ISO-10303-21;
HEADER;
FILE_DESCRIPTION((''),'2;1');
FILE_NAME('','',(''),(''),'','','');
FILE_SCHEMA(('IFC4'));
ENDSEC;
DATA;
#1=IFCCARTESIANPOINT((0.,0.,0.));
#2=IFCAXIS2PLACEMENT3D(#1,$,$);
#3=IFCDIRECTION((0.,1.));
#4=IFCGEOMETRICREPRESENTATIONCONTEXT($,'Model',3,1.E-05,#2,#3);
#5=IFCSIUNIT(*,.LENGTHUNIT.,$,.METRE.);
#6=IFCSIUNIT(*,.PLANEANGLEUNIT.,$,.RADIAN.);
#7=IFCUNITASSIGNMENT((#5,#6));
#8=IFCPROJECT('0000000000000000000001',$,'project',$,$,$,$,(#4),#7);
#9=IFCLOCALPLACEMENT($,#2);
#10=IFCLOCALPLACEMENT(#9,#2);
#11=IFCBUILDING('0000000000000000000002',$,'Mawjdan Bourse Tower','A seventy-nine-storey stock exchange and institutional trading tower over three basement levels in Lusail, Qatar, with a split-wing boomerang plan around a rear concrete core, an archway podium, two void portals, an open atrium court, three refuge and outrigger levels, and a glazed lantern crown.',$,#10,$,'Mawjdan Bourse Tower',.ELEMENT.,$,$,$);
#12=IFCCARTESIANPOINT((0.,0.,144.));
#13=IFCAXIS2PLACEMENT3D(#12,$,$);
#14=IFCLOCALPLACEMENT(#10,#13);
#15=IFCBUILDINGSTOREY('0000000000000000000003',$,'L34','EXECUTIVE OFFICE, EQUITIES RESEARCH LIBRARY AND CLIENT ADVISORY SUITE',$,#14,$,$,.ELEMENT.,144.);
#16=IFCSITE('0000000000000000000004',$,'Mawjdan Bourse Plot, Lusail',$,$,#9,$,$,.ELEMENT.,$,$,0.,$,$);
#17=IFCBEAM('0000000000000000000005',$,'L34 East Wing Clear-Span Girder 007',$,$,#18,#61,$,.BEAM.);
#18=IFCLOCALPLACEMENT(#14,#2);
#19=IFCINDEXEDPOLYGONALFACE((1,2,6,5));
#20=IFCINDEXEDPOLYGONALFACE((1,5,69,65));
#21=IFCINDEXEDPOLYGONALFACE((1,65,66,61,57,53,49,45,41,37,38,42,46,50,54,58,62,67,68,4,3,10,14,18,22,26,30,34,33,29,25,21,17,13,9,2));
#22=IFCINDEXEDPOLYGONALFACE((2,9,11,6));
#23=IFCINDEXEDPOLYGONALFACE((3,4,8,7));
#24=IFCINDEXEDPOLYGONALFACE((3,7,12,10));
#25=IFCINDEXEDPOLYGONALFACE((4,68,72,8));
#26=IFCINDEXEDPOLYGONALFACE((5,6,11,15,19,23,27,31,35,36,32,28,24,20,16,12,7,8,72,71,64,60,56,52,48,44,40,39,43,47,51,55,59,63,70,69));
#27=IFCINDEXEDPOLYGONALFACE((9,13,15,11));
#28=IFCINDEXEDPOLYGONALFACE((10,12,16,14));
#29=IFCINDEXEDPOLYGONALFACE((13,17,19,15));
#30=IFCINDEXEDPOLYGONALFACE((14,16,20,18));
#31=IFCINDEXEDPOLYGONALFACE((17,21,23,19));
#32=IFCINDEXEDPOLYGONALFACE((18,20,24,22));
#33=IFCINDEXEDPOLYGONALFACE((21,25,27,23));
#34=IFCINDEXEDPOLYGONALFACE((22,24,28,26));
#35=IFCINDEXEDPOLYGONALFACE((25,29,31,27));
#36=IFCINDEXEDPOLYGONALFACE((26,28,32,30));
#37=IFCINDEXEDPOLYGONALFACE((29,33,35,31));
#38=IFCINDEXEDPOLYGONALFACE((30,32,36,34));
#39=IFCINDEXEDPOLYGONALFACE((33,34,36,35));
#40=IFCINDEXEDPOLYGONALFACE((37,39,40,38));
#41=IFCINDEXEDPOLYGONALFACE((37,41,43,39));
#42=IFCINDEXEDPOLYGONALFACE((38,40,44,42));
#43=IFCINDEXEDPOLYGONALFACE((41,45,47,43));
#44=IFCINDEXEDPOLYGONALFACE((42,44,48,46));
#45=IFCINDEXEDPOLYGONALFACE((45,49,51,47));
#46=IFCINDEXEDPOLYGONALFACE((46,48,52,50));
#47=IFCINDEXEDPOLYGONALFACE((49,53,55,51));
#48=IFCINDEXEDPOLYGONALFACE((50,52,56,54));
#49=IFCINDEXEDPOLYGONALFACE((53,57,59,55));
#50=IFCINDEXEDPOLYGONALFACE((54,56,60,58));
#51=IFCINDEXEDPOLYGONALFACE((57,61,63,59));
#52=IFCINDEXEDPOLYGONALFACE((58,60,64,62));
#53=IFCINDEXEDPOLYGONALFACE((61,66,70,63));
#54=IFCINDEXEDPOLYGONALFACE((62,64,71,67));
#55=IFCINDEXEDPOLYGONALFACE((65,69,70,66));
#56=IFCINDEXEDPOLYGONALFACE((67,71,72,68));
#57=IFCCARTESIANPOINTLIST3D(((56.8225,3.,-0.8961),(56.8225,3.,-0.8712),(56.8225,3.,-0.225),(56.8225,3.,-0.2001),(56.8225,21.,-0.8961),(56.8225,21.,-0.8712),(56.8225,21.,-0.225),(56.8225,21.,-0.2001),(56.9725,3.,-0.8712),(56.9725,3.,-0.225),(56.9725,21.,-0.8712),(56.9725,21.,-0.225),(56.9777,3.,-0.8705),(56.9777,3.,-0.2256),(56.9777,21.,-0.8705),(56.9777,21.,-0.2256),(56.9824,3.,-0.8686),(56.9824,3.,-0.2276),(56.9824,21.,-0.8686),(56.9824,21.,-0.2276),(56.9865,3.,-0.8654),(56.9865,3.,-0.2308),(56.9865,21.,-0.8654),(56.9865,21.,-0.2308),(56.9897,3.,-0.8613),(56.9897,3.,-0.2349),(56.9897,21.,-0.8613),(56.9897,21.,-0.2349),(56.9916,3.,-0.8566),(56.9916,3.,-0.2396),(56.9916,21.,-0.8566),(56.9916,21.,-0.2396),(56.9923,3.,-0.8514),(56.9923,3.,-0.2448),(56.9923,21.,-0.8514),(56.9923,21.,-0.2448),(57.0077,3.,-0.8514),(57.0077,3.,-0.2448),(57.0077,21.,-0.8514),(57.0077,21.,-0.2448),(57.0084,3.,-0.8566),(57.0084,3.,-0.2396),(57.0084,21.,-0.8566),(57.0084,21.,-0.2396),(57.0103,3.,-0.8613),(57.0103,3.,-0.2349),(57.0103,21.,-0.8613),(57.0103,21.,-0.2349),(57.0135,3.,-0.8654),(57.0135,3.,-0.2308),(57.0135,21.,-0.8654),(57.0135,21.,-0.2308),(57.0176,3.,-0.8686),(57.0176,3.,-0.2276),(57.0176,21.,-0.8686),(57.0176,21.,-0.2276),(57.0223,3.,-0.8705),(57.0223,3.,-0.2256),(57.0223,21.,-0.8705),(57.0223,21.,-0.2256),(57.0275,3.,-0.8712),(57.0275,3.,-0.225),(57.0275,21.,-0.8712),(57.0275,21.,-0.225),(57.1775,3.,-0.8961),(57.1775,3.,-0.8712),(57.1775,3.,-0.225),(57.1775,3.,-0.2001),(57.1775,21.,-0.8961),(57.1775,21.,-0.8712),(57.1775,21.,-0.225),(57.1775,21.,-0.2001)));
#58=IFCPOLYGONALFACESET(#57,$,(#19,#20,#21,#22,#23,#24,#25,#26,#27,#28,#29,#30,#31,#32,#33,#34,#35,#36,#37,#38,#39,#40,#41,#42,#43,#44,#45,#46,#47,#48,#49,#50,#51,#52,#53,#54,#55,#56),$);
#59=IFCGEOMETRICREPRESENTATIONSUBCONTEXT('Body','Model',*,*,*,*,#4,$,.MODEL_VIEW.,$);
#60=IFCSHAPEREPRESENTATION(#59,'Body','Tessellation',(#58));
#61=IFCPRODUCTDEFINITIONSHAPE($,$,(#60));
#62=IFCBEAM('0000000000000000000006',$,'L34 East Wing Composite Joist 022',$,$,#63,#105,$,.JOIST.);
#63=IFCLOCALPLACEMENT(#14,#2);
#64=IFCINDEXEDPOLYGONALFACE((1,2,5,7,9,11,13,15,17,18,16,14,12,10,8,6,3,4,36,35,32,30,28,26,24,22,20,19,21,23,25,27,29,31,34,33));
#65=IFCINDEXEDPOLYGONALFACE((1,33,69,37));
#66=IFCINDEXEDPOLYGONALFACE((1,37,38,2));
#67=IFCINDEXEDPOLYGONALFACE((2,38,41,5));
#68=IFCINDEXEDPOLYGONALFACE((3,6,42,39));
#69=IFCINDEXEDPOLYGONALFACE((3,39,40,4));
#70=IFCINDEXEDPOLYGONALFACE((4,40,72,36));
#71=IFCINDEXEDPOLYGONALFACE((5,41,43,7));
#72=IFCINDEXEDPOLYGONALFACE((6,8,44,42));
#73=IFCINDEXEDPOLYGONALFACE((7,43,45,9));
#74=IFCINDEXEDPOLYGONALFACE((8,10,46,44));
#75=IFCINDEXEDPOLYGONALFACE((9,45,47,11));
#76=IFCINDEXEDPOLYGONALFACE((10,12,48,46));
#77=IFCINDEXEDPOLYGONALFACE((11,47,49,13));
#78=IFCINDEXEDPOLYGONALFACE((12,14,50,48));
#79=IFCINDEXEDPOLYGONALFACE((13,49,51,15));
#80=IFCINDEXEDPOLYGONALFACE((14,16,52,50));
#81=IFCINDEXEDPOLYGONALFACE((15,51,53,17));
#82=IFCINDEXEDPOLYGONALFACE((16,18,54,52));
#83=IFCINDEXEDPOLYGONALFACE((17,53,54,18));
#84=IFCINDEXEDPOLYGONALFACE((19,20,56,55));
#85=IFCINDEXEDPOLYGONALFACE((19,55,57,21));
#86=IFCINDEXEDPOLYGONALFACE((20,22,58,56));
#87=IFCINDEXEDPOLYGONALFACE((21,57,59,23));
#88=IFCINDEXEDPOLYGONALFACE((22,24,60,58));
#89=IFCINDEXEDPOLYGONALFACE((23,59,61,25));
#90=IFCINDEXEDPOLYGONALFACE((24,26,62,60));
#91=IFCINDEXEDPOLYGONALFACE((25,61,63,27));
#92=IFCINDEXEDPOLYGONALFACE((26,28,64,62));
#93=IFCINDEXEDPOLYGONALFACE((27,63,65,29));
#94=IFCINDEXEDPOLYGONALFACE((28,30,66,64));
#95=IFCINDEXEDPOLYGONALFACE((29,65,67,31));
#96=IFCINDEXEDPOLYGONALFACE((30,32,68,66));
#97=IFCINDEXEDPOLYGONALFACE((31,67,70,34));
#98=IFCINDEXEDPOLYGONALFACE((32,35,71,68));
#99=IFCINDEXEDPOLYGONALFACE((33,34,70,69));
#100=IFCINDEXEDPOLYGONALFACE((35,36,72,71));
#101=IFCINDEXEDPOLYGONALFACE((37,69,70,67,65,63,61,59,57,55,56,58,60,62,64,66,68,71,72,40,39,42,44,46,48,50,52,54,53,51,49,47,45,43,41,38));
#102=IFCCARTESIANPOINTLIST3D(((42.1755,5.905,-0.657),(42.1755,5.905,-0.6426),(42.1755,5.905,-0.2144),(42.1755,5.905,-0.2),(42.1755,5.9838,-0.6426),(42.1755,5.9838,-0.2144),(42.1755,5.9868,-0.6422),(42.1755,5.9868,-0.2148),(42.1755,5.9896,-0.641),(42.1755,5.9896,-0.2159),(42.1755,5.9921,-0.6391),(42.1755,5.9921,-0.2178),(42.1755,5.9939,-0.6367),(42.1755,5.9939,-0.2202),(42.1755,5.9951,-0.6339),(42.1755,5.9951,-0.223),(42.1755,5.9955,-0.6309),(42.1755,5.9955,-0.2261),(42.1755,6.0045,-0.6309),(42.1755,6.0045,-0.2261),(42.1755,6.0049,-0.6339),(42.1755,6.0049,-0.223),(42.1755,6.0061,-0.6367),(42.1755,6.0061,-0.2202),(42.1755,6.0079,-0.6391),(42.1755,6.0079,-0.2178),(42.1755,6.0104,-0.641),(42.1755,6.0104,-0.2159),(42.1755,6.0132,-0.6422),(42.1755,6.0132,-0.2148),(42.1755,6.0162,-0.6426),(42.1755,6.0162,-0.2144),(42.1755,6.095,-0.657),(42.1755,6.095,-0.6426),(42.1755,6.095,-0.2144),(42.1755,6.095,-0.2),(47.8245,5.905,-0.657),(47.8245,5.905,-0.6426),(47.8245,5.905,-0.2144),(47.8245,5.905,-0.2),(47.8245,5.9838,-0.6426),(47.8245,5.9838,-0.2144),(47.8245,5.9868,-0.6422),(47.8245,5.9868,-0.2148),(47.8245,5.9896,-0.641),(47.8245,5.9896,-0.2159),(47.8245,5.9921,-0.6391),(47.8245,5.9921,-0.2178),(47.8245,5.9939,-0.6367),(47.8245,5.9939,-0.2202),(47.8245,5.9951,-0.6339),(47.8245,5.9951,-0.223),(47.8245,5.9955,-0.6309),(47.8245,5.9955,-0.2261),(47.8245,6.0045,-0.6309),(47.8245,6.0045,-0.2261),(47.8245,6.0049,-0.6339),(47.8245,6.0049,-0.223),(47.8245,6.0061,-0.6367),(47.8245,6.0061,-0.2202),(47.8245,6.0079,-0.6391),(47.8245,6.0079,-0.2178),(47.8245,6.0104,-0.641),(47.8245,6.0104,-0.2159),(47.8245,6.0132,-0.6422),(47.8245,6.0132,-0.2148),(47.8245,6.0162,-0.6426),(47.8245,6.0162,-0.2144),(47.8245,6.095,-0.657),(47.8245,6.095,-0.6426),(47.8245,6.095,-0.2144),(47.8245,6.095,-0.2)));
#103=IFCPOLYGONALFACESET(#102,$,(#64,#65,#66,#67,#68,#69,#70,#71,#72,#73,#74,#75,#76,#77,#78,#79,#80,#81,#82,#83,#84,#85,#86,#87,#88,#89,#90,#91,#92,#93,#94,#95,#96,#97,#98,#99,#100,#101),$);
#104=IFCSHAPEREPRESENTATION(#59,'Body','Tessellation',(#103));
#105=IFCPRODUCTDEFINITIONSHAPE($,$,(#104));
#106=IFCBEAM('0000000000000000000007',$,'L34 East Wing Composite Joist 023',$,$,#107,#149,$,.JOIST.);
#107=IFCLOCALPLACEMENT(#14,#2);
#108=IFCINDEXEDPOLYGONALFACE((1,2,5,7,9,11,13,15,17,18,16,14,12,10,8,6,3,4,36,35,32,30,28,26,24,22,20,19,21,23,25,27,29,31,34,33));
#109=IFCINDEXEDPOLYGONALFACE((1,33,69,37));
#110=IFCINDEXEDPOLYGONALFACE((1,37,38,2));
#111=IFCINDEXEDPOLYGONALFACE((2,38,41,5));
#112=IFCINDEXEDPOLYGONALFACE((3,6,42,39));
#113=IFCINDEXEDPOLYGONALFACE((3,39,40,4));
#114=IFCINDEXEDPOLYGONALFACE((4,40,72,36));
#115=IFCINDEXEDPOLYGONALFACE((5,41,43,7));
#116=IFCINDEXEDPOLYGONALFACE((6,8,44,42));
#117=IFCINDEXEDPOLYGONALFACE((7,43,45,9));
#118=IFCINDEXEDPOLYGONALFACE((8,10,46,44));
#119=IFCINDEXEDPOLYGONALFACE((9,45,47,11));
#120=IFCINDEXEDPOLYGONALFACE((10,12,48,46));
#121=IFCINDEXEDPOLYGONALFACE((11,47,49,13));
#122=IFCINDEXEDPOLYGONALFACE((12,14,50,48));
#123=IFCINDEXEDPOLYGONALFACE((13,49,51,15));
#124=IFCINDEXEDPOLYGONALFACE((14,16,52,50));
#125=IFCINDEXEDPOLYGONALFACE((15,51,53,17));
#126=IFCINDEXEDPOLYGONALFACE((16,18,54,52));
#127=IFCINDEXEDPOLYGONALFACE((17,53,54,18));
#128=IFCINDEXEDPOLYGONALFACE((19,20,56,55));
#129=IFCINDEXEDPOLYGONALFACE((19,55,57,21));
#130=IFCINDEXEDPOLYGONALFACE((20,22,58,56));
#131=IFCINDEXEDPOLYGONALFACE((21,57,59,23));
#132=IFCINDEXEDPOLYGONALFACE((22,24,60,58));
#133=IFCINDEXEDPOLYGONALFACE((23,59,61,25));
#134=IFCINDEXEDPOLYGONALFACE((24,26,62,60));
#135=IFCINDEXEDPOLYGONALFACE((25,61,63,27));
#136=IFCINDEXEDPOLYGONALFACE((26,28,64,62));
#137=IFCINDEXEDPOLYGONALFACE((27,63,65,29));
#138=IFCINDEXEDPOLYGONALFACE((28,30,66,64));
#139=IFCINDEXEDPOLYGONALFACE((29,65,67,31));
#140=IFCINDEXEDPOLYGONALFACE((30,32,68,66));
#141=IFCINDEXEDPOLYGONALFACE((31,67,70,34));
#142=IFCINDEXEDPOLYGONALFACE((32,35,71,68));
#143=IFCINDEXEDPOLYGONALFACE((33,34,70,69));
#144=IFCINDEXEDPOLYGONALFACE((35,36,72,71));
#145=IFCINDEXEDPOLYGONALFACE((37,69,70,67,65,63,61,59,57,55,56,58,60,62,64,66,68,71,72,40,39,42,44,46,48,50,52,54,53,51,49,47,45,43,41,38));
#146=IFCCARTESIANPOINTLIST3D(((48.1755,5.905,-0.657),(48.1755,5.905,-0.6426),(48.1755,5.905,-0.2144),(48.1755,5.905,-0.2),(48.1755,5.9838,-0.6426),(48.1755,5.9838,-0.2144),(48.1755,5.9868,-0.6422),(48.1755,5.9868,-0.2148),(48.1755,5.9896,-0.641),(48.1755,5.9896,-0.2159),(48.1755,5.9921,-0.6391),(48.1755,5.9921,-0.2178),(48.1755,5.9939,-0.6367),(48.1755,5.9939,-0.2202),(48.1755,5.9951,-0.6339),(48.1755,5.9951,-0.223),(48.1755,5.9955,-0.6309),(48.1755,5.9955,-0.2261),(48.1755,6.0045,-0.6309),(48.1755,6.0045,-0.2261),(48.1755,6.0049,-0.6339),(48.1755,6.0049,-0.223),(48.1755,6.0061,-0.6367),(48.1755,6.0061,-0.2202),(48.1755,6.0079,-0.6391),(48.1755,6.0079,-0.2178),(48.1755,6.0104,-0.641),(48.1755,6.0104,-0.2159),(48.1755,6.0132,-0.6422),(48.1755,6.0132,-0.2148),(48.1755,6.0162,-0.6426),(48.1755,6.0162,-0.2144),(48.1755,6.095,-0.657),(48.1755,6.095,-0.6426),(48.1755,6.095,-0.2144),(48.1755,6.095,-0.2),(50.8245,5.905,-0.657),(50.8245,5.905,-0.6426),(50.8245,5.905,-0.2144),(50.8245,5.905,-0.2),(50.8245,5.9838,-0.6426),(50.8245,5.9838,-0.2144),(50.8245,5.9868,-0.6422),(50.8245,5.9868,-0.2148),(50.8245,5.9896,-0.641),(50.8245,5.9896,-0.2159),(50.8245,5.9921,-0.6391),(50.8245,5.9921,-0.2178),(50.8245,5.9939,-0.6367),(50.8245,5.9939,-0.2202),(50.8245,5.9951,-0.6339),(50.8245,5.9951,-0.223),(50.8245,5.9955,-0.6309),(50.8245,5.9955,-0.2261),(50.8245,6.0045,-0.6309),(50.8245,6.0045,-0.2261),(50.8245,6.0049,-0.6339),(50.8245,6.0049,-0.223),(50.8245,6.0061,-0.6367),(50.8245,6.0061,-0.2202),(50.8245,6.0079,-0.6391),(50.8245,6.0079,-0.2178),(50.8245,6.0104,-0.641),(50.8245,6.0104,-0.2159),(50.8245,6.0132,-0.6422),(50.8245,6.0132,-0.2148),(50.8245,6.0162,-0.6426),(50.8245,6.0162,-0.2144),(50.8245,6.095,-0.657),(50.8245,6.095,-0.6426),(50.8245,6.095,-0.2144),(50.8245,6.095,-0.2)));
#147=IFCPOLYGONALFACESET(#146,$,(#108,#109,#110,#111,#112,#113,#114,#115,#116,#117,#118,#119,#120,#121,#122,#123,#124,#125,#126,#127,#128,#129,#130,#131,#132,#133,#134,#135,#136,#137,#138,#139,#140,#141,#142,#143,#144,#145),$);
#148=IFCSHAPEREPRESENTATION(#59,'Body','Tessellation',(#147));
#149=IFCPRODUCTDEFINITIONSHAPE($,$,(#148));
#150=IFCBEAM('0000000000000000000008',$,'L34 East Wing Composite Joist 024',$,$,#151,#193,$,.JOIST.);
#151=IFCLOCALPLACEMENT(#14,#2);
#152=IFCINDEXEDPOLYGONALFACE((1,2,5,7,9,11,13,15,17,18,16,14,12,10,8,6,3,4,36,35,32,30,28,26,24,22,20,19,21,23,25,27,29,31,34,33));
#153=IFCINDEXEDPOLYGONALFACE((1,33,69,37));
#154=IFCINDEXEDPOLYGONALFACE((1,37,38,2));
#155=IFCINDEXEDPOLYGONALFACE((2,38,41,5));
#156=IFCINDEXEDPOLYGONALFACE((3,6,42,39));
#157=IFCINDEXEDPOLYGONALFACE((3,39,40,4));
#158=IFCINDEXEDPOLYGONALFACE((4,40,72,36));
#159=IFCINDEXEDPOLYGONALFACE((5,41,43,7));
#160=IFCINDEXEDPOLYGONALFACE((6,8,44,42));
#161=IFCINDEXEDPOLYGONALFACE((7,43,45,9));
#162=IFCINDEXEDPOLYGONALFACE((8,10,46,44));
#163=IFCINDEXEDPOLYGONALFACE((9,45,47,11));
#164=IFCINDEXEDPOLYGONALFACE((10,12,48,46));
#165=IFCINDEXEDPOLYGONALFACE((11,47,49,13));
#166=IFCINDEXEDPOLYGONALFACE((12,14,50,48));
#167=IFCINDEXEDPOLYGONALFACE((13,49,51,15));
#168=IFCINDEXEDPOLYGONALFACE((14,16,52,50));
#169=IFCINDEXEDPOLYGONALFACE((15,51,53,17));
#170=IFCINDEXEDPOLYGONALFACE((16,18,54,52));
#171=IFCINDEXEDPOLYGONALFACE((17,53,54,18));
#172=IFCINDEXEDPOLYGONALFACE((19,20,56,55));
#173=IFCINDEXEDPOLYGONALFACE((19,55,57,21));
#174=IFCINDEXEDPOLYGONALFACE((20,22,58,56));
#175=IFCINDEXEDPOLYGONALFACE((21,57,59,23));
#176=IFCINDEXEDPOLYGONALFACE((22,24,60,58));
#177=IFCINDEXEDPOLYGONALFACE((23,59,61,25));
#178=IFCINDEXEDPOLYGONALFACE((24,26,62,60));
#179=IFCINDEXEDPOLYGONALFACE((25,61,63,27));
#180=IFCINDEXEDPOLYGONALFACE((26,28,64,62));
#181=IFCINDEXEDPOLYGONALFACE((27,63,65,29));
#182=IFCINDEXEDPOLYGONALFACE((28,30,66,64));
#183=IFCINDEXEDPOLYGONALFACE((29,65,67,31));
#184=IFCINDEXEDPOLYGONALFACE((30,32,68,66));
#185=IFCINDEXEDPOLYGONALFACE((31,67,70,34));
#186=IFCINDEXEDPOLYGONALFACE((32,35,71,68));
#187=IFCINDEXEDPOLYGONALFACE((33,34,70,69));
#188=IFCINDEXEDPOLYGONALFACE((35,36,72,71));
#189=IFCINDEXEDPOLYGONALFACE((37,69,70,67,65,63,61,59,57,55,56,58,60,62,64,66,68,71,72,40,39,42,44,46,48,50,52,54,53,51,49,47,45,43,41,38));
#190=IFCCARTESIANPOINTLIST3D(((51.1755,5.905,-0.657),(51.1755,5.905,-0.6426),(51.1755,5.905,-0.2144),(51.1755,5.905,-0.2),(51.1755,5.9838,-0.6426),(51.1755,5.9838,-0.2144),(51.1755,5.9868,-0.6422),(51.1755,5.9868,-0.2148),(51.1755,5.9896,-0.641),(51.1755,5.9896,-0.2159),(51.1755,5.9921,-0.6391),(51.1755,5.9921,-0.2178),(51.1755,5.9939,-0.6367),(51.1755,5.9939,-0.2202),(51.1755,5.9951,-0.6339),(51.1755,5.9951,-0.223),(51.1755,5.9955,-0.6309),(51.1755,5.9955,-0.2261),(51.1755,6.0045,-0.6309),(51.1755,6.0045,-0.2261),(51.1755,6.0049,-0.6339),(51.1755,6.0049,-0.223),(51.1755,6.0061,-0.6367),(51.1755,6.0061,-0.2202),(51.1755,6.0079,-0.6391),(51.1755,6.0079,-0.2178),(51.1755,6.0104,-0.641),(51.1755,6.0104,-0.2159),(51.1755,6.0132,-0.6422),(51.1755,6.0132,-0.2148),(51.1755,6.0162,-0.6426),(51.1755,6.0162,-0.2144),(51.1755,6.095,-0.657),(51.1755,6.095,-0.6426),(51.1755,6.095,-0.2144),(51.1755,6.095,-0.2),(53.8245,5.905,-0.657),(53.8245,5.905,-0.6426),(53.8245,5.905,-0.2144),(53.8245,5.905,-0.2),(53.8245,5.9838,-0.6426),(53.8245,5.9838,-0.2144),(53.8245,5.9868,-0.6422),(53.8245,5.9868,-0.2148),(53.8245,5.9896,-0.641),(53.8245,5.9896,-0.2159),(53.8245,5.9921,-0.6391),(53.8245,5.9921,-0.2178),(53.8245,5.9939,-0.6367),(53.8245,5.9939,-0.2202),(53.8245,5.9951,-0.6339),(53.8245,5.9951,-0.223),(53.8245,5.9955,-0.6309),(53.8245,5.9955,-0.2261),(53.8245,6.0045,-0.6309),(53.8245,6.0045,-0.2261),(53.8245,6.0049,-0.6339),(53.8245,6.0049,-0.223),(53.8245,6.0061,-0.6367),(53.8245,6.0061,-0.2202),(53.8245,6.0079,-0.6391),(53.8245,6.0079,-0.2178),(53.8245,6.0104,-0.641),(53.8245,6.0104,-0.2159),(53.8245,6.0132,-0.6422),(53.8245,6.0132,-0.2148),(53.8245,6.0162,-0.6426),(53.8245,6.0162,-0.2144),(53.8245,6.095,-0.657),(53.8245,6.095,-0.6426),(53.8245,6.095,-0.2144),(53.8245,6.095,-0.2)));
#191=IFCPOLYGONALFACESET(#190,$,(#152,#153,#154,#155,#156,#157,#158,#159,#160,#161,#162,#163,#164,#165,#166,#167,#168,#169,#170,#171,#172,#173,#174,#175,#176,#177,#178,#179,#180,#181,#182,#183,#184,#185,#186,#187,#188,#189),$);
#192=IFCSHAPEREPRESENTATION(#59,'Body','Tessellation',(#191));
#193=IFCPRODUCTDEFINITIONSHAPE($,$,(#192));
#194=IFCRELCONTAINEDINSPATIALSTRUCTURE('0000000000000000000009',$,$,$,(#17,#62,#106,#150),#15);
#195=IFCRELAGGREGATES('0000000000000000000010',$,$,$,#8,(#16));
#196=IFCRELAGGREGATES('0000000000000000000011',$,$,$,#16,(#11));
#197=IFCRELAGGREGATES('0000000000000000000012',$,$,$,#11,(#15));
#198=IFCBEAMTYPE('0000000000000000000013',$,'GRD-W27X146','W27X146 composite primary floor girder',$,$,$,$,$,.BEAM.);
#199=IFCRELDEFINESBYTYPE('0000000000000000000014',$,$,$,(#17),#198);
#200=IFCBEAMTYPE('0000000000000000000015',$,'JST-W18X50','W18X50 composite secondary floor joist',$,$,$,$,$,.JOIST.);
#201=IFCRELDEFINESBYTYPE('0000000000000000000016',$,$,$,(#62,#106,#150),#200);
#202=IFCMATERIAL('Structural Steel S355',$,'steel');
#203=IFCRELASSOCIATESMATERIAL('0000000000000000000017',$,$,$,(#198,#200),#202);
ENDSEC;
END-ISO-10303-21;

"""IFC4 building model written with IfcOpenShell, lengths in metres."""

from ifc_helpers import new_model, si_unit, direction, frame, origin, origin_2d, place, context, subcontext, project, spatial, i_section, extrude, material, material_profile, profile_set, type_object, element, save


model = new_model("IFC4")

# Units and contexts
model_context = context("Model", 3, precision=1e-05, world=origin(), true_north=direction((0.0, 1.0)))
body_context = subcontext(model_context, "Body", "Model", "MODEL_VIEW")
ifc_project = project(units=[si_unit("LENGTHUNIT", "METRE"), si_unit("PLANEANGLEUNIT", "RADIAN")], contexts=[model_context])

# Site, building, storey
site_placement = place(None, origin())
site = spatial("IfcSite", under=ifc_project, at=site_placement, Name="Mawjdan Bourse Plot, Lusail", CompositionType="ELEMENT", RefElevation=0.0)
building_placement = place(site_placement, origin())
building = spatial("IfcBuilding", under=site, at=building_placement, Name="Mawjdan Bourse Tower", Description="A seventy-nine-storey stock exchange and institutional trading tower over three basement levels in Lusail, Qatar, with a split-wing boomerang plan around a rear concrete core, an archway podium, two void portals, an open atrium court, three refuge and outrigger levels, and a glazed lantern crown.", LongName="Mawjdan Bourse Tower", CompositionType="ELEMENT")
storey_placement = place(building_placement, frame((0.0, 0.0, 144.0)))
storey = spatial("IfcBuildingStorey", under=building, at=storey_placement, Name="L34", Description="EXECUTIVE OFFICE, EQUITIES RESEARCH LIBRARY AND CLIENT ADVISORY SUITE", CompositionType="ELEMENT", Elevation=144.0)

# Beams
ifc_material_1 = material(Name="Structural Steel S355", Category="steel")
ifc_material_profile_1 = material_profile(ifc_material_1, i_section(OverallWidth=0.355, OverallDepth=0.696, WebThickness=0.0154, FlangeThickness=0.0249, FilletRadius=0.0198, at=origin_2d()), Name="W27X146")
ifc_profile_set_1 = profile_set([ifc_material_profile_1], Name="Structural Steel S355")
beam_type_1 = type_object("IfcBeamType", Name="GRD-W27X146", Description="W27X146 composite primary floor girder", PredefinedType="BEAM", material=ifc_profile_set_1)
for number, where, z_axis, x_axis, name in (
    (1, (57.0, 3.0, -0.5481), (0.0, 1.0, 0.0), (-1.0, 0.0, 0.0), "L34 East Wing Clear-Span Girder 007"),
):
    element("IfcBeam", number, at=place(storey_placement, frame(where, z_axis=z_axis, x_axis=x_axis)), inside=storey, type_object=beam_type_1, Name=name, PredefinedType="BEAM", context=body_context, shape_type="SweptSolid", body=[
        extrude(i_section(OverallWidth=0.355, OverallDepth=0.696, WebThickness=0.0154, FlangeThickness=0.0249, FilletRadius=0.0198, at=origin_2d()), origin(), (0.0, 0.0, 1.0), 18.0),
    ])
ifc_material_profile_2 = material_profile(ifc_material_1, i_section(OverallWidth=0.1899, OverallDepth=0.457, WebThickness=0.009, FlangeThickness=0.0144, FilletRadius=0.0117, at=origin_2d()), Name="W18X50")
ifc_profile_set_2 = profile_set([ifc_material_profile_2], Name="Structural Steel S355")
beam_type_2 = type_object("IfcBeamType", Name="JST-W18X50", Description="W18X50 composite secondary floor joist", PredefinedType="JOIST", material=ifc_profile_set_2)
beam_1_placement = place(storey_placement, frame((42.1755, 6.0, -0.4285), z_axis=(1.0, 0.0, 0.0), x_axis=(0.0, 1.0, 0.0)))
element("IfcBeam", 2, at=beam_1_placement, inside=storey, type_object=beam_type_2, Name="L34 East Wing Composite Joist 022", PredefinedType="JOIST", context=body_context, shape_type="SweptSolid", body=[
    extrude(i_section(OverallWidth=0.1899, OverallDepth=0.457, WebThickness=0.009, FlangeThickness=0.0144, FilletRadius=0.0117, at=origin_2d()), origin(), (0.0, 0.0, 1.0), 5.6489),
])
for number, where, z_axis, x_axis, name in (
    (3, (48.1755, 6.0, -0.4285), (1.0, 0.0, 0.0), (0.0, 1.0, 0.0), "L34 East Wing Composite Joist 023"),
    (4, (51.1755, 6.0, -0.4285), (1.0, 0.0, 0.0), (0.0, 1.0, 0.0), "L34 East Wing Composite Joist 024"),
):
    element("IfcBeam", number, at=place(storey_placement, frame(where, z_axis=z_axis, x_axis=x_axis)), inside=storey, type_object=beam_type_2, Name=name, PredefinedType="JOIST", context=body_context, shape_type="SweptSolid", body=[
        extrude(i_section(OverallWidth=0.1899, OverallDepth=0.457, WebThickness=0.009, FlangeThickness=0.0144, FilletRadius=0.0117, at=origin_2d()), origin(), (0.0, 0.0, 1.0), 2.6489),
    ])

save(model, "model.ifc")
